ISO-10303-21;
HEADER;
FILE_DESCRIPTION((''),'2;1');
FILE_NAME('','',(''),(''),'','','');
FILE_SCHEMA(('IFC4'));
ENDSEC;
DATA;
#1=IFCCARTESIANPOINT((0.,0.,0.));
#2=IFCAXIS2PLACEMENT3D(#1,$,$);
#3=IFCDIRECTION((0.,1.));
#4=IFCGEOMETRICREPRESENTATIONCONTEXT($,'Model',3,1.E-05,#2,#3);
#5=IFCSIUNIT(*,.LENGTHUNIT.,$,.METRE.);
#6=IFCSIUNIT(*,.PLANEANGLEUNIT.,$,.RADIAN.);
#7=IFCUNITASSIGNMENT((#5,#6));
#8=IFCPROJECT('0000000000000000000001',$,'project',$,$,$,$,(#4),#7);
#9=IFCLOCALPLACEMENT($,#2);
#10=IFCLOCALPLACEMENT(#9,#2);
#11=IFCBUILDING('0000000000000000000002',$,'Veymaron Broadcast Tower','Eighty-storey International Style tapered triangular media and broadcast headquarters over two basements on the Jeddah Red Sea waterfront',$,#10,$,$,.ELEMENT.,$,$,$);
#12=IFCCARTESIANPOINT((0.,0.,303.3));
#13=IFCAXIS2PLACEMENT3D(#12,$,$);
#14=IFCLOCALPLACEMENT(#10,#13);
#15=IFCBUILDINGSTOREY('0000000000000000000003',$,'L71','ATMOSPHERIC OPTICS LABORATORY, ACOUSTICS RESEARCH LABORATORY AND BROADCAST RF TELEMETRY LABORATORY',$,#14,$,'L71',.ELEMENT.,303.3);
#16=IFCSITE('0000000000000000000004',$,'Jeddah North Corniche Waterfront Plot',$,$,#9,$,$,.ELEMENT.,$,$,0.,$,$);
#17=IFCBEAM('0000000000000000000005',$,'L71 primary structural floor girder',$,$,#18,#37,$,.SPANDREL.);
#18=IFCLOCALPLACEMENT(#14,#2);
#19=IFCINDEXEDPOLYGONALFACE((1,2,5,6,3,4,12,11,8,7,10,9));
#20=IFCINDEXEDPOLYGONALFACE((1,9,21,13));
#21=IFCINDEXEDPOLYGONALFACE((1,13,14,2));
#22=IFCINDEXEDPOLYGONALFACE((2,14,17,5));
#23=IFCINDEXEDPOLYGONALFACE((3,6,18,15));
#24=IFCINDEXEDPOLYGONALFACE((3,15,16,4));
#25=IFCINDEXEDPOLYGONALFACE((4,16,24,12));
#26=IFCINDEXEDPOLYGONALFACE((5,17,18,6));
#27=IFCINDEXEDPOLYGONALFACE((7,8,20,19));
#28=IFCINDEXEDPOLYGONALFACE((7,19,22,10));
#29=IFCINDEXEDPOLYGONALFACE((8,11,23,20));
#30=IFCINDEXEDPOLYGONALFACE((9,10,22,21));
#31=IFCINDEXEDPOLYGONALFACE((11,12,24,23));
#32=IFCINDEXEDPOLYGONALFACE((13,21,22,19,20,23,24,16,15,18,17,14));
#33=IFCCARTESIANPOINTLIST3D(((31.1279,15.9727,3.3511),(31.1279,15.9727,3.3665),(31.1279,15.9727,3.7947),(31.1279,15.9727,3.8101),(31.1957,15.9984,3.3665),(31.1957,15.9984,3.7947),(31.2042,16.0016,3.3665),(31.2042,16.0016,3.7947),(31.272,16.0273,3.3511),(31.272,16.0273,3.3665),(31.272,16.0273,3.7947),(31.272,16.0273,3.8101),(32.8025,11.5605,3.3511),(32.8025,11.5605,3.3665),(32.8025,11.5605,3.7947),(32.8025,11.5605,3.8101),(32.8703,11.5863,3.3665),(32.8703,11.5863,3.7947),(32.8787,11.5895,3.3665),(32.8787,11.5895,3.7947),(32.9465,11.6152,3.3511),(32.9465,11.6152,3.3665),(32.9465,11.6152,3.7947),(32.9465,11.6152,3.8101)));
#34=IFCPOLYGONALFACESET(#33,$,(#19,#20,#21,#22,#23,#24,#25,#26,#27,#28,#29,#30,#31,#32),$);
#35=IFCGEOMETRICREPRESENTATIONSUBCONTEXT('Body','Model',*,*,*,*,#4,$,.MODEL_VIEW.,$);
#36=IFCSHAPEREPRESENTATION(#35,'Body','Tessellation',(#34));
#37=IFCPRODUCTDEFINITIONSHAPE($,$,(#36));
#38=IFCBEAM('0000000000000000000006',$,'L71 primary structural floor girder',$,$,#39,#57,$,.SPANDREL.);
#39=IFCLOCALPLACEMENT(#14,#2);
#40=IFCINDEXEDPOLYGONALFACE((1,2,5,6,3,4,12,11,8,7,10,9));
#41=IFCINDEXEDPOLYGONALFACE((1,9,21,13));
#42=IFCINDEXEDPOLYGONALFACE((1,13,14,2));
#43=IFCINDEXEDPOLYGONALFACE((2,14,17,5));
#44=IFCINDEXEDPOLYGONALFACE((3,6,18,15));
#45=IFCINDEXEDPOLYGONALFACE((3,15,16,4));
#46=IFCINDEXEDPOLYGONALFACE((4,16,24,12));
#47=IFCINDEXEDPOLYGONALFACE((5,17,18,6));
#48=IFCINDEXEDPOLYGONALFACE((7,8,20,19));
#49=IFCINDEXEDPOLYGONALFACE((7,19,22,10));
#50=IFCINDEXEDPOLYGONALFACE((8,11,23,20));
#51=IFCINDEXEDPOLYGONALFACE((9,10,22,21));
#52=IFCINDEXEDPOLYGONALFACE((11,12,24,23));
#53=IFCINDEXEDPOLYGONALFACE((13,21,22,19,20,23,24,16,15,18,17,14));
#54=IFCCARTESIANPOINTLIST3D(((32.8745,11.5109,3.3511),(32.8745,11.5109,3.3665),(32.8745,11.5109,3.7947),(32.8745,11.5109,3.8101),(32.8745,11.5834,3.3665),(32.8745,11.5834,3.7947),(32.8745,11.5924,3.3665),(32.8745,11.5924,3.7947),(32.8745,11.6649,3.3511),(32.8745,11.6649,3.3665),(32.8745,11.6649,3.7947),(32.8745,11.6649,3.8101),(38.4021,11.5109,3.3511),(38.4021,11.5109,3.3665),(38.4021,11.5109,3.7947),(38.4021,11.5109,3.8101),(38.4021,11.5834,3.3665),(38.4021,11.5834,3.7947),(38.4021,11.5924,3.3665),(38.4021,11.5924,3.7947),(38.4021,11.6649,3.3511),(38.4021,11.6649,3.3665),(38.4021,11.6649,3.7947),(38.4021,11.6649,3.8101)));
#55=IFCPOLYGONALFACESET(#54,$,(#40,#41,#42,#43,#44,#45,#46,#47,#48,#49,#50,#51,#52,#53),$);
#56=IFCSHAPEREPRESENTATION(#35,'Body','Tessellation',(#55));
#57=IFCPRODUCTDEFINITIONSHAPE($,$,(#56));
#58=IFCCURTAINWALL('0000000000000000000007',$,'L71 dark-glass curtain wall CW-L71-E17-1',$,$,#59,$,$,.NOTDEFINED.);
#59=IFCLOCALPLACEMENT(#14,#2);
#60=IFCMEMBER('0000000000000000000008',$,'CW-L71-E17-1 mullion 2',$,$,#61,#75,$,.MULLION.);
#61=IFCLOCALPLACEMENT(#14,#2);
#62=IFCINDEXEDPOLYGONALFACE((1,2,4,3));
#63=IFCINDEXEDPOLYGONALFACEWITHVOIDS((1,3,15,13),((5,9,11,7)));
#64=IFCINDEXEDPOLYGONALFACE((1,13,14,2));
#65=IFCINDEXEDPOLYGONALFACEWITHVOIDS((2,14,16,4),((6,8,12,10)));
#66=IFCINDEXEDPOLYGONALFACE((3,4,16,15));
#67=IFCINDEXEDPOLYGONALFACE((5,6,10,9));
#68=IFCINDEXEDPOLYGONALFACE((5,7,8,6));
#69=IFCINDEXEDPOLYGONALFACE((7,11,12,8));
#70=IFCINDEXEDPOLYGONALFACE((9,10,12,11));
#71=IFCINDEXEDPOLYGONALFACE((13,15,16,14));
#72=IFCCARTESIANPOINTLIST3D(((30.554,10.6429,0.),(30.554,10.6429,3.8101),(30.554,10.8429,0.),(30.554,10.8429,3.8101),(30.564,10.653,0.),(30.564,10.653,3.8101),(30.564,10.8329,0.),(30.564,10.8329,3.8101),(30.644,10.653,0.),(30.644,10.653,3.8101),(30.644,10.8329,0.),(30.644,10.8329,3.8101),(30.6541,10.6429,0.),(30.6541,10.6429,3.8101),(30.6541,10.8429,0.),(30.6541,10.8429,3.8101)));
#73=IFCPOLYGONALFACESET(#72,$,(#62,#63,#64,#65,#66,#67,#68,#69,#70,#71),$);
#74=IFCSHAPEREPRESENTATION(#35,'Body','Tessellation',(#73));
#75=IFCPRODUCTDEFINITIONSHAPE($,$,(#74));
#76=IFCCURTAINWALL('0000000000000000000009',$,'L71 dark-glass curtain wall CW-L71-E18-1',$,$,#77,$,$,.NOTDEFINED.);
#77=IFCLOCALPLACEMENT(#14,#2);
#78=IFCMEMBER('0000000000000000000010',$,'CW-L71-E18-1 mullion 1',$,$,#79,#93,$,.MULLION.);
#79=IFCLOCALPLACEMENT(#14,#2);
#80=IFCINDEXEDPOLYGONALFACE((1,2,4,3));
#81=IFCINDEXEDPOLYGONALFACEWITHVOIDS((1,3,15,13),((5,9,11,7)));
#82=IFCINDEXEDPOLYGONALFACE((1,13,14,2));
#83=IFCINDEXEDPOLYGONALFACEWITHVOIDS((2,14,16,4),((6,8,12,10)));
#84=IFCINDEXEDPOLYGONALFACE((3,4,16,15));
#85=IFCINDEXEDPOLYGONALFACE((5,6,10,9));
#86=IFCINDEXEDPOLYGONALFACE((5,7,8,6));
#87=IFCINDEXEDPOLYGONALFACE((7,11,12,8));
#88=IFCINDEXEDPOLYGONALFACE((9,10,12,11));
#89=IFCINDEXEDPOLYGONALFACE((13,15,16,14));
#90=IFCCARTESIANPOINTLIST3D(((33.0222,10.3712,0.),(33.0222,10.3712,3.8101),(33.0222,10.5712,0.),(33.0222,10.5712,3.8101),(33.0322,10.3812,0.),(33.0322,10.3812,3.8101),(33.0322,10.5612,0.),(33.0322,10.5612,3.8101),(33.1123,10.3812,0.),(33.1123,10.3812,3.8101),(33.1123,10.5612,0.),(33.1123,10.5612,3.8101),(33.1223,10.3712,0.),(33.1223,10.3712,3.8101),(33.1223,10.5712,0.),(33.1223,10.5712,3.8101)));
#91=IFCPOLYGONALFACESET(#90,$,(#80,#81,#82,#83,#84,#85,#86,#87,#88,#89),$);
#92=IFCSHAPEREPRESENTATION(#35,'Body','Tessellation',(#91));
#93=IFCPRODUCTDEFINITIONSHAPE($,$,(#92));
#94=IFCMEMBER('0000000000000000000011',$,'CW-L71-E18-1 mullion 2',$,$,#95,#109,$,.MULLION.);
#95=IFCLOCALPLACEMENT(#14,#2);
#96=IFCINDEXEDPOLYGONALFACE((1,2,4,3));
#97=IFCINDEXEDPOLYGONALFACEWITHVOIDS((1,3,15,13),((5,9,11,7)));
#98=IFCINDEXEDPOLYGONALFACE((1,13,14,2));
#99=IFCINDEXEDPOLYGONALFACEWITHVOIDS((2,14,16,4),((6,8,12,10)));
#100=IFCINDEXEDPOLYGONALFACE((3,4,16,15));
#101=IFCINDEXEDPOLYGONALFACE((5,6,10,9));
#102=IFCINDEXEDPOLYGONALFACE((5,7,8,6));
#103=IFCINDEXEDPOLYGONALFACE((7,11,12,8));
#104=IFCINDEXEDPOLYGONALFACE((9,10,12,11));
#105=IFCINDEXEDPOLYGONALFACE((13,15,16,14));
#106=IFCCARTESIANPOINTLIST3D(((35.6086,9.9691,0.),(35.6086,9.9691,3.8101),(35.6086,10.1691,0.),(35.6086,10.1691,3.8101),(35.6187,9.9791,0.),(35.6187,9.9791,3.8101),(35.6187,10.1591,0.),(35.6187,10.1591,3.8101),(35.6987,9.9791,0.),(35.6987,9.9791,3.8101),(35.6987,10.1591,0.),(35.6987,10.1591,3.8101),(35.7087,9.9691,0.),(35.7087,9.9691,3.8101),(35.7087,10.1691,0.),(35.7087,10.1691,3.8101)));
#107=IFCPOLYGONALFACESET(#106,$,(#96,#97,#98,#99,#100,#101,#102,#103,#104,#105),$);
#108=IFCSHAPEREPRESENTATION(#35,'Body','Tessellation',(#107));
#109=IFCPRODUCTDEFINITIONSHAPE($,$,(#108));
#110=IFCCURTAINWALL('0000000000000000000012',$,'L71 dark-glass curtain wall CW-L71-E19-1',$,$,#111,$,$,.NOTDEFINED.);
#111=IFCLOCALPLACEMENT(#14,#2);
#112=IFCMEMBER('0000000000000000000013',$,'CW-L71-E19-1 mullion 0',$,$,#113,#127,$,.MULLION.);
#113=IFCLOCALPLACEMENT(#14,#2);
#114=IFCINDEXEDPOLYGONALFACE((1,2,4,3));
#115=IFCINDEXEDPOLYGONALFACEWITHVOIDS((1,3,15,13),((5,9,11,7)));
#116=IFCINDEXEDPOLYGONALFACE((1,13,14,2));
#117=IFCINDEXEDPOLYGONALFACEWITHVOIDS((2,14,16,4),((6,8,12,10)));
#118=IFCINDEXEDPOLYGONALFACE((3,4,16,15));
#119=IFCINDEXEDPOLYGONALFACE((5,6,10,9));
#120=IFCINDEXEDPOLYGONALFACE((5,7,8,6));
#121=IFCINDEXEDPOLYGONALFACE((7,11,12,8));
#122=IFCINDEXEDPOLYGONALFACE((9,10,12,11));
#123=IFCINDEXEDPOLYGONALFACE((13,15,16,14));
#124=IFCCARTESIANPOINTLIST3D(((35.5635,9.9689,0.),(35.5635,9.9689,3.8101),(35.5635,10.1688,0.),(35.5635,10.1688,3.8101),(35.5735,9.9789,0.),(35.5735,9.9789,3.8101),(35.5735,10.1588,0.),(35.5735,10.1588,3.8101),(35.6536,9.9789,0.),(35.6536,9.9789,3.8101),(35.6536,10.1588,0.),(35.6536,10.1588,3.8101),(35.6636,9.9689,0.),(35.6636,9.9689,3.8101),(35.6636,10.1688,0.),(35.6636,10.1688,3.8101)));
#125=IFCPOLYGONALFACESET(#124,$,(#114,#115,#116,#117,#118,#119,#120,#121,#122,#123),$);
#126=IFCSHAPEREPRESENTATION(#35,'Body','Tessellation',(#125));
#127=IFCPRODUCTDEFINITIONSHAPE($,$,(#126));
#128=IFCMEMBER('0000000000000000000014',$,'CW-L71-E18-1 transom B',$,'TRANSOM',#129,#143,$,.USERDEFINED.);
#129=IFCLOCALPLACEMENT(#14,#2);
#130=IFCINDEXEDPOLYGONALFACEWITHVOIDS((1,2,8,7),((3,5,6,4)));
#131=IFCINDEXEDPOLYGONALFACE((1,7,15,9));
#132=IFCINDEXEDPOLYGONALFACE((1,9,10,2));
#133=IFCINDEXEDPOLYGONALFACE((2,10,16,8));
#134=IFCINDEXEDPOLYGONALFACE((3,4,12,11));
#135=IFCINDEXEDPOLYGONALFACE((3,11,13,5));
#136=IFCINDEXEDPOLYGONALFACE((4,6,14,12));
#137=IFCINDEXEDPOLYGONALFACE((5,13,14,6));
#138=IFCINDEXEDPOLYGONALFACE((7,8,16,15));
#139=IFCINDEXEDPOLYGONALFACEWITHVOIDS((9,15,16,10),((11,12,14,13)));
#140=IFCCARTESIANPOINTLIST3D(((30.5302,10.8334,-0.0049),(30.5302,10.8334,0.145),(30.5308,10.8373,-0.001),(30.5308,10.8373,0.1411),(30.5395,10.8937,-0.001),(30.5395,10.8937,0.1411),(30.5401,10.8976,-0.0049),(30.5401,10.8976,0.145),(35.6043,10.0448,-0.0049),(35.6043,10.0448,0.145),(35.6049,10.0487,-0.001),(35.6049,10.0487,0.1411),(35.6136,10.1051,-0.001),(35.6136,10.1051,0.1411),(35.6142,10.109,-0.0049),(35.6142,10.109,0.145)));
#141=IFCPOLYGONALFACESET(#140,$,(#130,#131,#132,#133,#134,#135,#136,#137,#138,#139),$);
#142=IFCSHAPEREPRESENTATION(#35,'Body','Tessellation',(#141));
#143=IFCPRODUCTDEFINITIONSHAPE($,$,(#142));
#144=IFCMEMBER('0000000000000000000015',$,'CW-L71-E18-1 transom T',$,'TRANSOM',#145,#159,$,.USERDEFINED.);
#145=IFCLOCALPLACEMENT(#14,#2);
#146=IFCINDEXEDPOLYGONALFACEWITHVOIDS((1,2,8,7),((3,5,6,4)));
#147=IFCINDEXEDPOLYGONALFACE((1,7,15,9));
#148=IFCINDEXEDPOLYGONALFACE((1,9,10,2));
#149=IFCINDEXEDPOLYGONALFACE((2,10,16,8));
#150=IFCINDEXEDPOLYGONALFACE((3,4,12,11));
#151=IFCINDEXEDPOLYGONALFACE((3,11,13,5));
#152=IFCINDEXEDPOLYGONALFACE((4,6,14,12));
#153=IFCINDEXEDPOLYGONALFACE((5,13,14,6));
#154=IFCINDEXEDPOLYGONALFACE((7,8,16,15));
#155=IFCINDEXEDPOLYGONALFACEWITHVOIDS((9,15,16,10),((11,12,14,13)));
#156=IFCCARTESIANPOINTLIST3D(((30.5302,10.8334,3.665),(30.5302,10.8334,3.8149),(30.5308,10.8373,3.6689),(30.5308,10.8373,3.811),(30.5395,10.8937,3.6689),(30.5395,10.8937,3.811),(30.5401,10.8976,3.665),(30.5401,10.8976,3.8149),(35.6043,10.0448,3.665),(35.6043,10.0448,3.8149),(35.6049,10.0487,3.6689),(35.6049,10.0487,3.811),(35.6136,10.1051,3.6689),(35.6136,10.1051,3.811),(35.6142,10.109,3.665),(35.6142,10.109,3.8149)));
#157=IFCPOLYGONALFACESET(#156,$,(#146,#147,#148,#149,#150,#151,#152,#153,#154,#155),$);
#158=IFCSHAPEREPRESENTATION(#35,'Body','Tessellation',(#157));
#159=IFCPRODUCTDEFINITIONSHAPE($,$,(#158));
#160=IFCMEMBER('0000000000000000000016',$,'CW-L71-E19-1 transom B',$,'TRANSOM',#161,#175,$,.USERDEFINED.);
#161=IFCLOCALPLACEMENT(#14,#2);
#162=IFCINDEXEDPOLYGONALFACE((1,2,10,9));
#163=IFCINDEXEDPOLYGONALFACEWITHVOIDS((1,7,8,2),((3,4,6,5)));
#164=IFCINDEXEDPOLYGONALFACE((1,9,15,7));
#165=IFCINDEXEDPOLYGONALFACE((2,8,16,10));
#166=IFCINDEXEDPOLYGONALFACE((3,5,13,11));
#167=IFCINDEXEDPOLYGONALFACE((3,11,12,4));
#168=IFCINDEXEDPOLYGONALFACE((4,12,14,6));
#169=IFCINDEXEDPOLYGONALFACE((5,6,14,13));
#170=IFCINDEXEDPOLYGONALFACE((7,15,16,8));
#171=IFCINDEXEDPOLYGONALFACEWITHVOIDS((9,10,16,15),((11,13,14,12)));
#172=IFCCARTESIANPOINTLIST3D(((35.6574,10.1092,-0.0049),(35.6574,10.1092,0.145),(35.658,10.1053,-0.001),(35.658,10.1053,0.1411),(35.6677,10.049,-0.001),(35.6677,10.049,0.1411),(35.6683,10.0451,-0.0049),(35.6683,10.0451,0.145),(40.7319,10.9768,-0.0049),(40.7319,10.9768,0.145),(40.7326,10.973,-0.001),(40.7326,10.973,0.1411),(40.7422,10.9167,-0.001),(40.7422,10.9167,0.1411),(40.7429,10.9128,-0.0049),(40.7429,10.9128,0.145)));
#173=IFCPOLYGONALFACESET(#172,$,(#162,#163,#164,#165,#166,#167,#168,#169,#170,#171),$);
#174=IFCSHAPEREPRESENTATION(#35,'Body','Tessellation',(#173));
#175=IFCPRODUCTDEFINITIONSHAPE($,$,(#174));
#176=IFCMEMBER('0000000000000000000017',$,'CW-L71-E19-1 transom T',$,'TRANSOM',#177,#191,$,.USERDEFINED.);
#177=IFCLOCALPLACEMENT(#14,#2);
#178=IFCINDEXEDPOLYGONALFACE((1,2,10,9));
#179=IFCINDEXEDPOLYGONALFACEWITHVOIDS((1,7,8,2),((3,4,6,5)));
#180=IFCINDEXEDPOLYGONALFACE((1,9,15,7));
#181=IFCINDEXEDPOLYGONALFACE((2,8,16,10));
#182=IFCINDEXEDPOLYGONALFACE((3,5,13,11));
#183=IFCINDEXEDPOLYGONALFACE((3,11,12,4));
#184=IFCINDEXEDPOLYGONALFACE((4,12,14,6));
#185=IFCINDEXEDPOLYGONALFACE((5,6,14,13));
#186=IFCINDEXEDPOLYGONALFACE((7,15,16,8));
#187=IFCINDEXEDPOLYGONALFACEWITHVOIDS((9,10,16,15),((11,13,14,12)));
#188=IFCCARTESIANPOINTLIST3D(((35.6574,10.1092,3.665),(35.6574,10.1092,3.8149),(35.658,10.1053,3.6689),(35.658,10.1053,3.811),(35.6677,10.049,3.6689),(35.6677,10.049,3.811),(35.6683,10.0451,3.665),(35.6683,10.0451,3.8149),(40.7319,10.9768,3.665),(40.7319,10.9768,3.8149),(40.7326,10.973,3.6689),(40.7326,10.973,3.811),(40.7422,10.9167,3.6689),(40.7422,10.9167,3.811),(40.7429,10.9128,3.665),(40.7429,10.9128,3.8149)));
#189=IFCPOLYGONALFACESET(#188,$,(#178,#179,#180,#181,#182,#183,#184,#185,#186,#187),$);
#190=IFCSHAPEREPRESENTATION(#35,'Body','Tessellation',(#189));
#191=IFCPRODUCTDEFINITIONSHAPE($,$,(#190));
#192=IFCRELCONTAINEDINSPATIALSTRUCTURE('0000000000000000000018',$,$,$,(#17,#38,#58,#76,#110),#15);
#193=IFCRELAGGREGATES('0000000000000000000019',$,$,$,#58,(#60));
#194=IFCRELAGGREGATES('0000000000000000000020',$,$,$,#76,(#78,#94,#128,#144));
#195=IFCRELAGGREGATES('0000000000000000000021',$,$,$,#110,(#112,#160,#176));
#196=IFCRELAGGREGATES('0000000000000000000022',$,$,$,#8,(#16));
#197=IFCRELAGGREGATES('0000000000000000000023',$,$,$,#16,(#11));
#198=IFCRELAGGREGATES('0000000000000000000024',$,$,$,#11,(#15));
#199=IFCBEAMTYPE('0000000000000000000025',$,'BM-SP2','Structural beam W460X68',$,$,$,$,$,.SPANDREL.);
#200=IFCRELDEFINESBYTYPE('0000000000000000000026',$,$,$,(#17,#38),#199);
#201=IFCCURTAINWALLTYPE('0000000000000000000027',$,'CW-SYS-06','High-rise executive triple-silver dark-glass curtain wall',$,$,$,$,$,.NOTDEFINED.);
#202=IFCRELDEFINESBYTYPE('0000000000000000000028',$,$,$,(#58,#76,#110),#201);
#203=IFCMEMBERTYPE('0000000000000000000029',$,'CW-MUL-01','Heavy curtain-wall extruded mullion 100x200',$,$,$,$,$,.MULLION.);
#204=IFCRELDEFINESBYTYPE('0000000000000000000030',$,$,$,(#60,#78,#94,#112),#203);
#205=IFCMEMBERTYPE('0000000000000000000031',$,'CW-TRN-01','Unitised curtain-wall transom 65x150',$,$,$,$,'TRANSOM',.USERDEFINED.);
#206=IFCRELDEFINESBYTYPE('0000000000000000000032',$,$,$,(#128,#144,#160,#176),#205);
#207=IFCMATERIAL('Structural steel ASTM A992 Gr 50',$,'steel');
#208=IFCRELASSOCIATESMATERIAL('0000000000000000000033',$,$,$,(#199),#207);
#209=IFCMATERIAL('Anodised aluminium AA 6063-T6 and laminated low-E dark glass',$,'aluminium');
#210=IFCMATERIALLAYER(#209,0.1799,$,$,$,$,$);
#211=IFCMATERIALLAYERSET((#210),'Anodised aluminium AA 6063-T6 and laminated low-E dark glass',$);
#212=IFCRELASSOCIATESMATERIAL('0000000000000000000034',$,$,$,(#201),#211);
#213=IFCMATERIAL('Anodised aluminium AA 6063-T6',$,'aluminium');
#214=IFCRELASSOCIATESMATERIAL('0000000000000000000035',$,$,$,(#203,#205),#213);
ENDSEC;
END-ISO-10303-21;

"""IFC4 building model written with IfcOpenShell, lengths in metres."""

from ifc_helpers import new_model, si_unit, direction, frame, origin, origin_2d, place, context, subcontext, project, spatial, hollow_rectangle, i_section, extrude, material, layer, layer_set, material_profile, profile_set, type_object, element, aggregate, save


model = new_model("IFC4")

# Units and contexts
model_context = context("Model", 3, precision=1e-05, world=origin(), true_north=direction((0.0, 1.0)))
body_context = subcontext(model_context, "Body", "Model", "MODEL_VIEW")
ifc_project = project(units=[si_unit("LENGTHUNIT", "METRE"), si_unit("PLANEANGLEUNIT", "RADIAN")], contexts=[model_context])

# Site, building, storey
site_placement = place(None, origin())
site = spatial("IfcSite", under=ifc_project, at=site_placement, Name="Jeddah North Corniche Waterfront Plot", CompositionType="ELEMENT", RefElevation=0.0)
building_placement = place(site_placement, origin())
building = spatial("IfcBuilding", under=site, at=building_placement, Name="Veymaron Broadcast Tower", Description="Eighty-storey International Style tapered triangular media and broadcast headquarters over two basements on the Jeddah Red Sea waterfront", CompositionType="ELEMENT")
storey_placement = place(building_placement, frame((0.0, 0.0, 303.3)))
storey = spatial("IfcBuildingStorey", under=building, at=storey_placement, Name="L71", Description="ATMOSPHERIC OPTICS LABORATORY, ACOUSTICS RESEARCH LABORATORY AND BROADCAST RF TELEMETRY LABORATORY", LongName="L71", CompositionType="ELEMENT", Elevation=303.3)

# Shared definitions
ifc_material_1 = material(Name="Structural steel ASTM A992 Gr 50", Category="steel")

# Beams
ifc_material_profile_1 = material_profile(ifc_material_1, i_section(OverallWidth=0.1541, OverallDepth=0.459, WebThickness=0.009, FlangeThickness=0.0154, at=origin_2d()), Name="W460X68")
ifc_profile_set_1 = profile_set([ifc_material_profile_1], Name="Structural steel ASTM A992 Gr 50")
beam_type_1 = type_object("IfcBeamType", Name="BM-SP2", Description="Structural beam W460X68", PredefinedType="SPANDREL", material=ifc_profile_set_1)
beam_1_placement = place(storey_placement, frame((31.2, 16.0, 3.5806), z_axis=(0.35484, -0.934927, 0.0), x_axis=(0.934927, 0.35484, 0.0)))
element("IfcBeam", 1, at=beam_1_placement, inside=storey, type_object=beam_type_1, Name="L71 primary structural floor girder", PredefinedType="SPANDREL", context=body_context, shape_type="SweptSolid", body=[
    extrude(i_section(OverallWidth=0.1541, OverallDepth=0.459, WebThickness=0.009, FlangeThickness=0.0154, at=origin_2d()), origin(), (0.0, 0.0, 1.0), 4.7192),
])
beam_2_placement = place(storey_placement, frame((32.8745, 11.5879, 3.5806), z_axis=(1.0, 0.0, 0.0), x_axis=(0.0, 1.0, 0.0)))
element("IfcBeam", 2, at=beam_2_placement, inside=storey, type_object=beam_type_1, Name="L71 primary structural floor girder", PredefinedType="SPANDREL", context=body_context, shape_type="SweptSolid", body=[
    extrude(i_section(OverallWidth=0.1541, OverallDepth=0.459, WebThickness=0.009, FlangeThickness=0.0154, at=origin_2d()), origin(), (0.0, 0.0, 1.0), 5.5276),
])

# Curtain wall, member
ifc_material_2 = material(Name="Anodised aluminium AA 6063-T6 and laminated low-E dark glass", Category="aluminium")
ifc_layer_1 = layer(ifc_material_2, 0.1799)
ifc_layer_set_1 = layer_set([ifc_layer_1], Name="Anodised aluminium AA 6063-T6 and laminated low-E dark glass")
curtain_wall_type = type_object("IfcCurtainWallType", Name="CW-SYS-06", Description="High-rise executive triple-silver dark-glass curtain wall", PredefinedType="NOTDEFINED", material=ifc_layer_set_1)
curtain_wall_1_placement = place(storey_placement, origin())
curtain_wall_1 = element("IfcCurtainWall", 3, at=curtain_wall_1_placement, inside=storey, type_object=curtain_wall_type, Name="L71 dark-glass curtain wall CW-L71-E17-1", PredefinedType="NOTDEFINED")
ifc_material_3 = material(Name="Anodised aluminium AA 6063-T6", Category="aluminium")
ifc_material_profile_2 = material_profile(ifc_material_3, hollow_rectangle(XDim=0.1001, YDim=0.2, WallThickness=0.01, at=origin_2d()), Name="RHS200X100X10")
ifc_profile_set_2 = profile_set([ifc_material_profile_2], Name="Anodised aluminium AA 6063-T6")
member_type_1 = type_object("IfcMemberType", Name="CW-MUL-01", Description="Heavy curtain-wall extruded mullion 100x200", PredefinedType="MULLION", material=ifc_profile_set_2)
member_1_placement = place(storey_placement, frame((30.604, 10.7429, 0.0), z_axis=(0.0, 0.0, 1.0), x_axis=(1.0, 0.0, 0.0)))
member_1 = element("IfcMember", 4, at=member_1_placement, type_object=member_type_1, Name="CW-L71-E17-1 mullion 2", PredefinedType="MULLION", context=body_context, shape_type="SweptSolid", body=[
    extrude(hollow_rectangle(XDim=0.1001, YDim=0.2, WallThickness=0.01, at=origin_2d()), origin(), (0.0, 0.0, 1.0), 3.8101),
])

# Curtain wall, members
curtain_wall_2_placement = place(storey_placement, origin())
curtain_wall_2 = element("IfcCurtainWall", 5, at=curtain_wall_2_placement, inside=storey, type_object=curtain_wall_type, Name="L71 dark-glass curtain wall CW-L71-E18-1", PredefinedType="NOTDEFINED")
member_2_placement = place(storey_placement, frame((33.0723, 10.4712, 0.0), z_axis=(0.0, 0.0, 1.0), x_axis=(1.0, 0.0, 0.0)))
member_2 = element("IfcMember", 6, at=member_2_placement, type_object=member_type_1, Name="CW-L71-E18-1 mullion 1", PredefinedType="MULLION", context=body_context, shape_type="SweptSolid", body=[
    extrude(hollow_rectangle(XDim=0.1001, YDim=0.2, WallThickness=0.01, at=origin_2d()), origin(), (0.0, 0.0, 1.0), 3.8101),
])
member_3_placement = place(storey_placement, frame((35.6587, 10.0691, 0.0), z_axis=(0.0, 0.0, 1.0), x_axis=(1.0, 0.0, 0.0)))
member_3 = element("IfcMember", 7, at=member_3_placement, type_object=member_type_1, Name="CW-L71-E18-1 mullion 2", PredefinedType="MULLION", context=body_context, shape_type="SweptSolid", body=[
    extrude(hollow_rectangle(XDim=0.1001, YDim=0.2, WallThickness=0.01, at=origin_2d()), origin(), (0.0, 0.0, 1.0), 3.8101),
])

# Curtain wall, member
curtain_wall_3_placement = place(storey_placement, origin())
curtain_wall_3 = element("IfcCurtainWall", 8, at=curtain_wall_3_placement, inside=storey, type_object=curtain_wall_type, Name="L71 dark-glass curtain wall CW-L71-E19-1", PredefinedType="NOTDEFINED")
member_4_placement = place(storey_placement, frame((35.6135, 10.0688, 0.0), z_axis=(0.0, 0.0, 1.0), x_axis=(1.0, 0.0, 0.0)))
member_4 = element("IfcMember", 9, at=member_4_placement, type_object=member_type_1, Name="CW-L71-E19-1 mullion 0", PredefinedType="MULLION", context=body_context, shape_type="SweptSolid", body=[
    extrude(hollow_rectangle(XDim=0.1001, YDim=0.2, WallThickness=0.01, at=origin_2d()), origin(), (0.0, 0.0, 1.0), 3.8101),
])

# Members
ifc_material_profile_3 = material_profile(ifc_material_3, hollow_rectangle(XDim=0.0649, YDim=0.1499, WallThickness=0.0039, at=origin_2d()), Name="AL150X65X4")
ifc_profile_set_3 = profile_set([ifc_material_profile_3], Name="Anodised aluminium AA 6063-T6")
member_type_2 = type_object("IfcMemberType", Name="CW-TRN-01", Description="Unitised curtain-wall transom 65x150", ElementType="TRANSOM", PredefinedType="USERDEFINED", material=ifc_profile_set_3)
member_5_placement = place(storey_placement, frame((30.5352, 10.8655, 0.0701), z_axis=(0.988139, -0.153565, 0.0), x_axis=(0.153565, 0.988139, 0.0)))
member_5 = element("IfcMember", 10, at=member_5_placement, type_object=member_type_2, Name="CW-L71-E18-1 transom B", ObjectType="TRANSOM", PredefinedType="USERDEFINED", context=body_context, shape_type="SweptSolid", body=[
    extrude(hollow_rectangle(XDim=0.0649, YDim=0.1499, WallThickness=0.0039, at=origin_2d()), origin(), (0.0, 0.0, 1.0), 5.135),
])
member_6_placement = place(storey_placement, frame((30.5352, 10.8655, 3.74), z_axis=(0.988139, -0.153565, 0.0), x_axis=(0.153565, 0.988139, 0.0)))
member_6 = element("IfcMember", 11, at=member_6_placement, type_object=member_type_2, Name="CW-L71-E18-1 transom T", ObjectType="TRANSOM", PredefinedType="USERDEFINED", context=body_context, shape_type="SweptSolid", body=[
    extrude(hollow_rectangle(XDim=0.0649, YDim=0.1499, WallThickness=0.0039, at=origin_2d()), origin(), (0.0, 0.0, 1.0), 5.135),
])
member_7_placement = place(storey_placement, frame((35.6628, 10.0771, 0.0701), z_axis=(0.985694, 0.168543, 0.0), x_axis=(-0.168543, 0.985694, 0.0)))
member_7 = element("IfcMember", 12, at=member_7_placement, type_object=member_type_2, Name="CW-L71-E19-1 transom B", ObjectType="TRANSOM", PredefinedType="USERDEFINED", context=body_context, shape_type="SweptSolid", body=[
    extrude(hollow_rectangle(XDim=0.0649, YDim=0.1499, WallThickness=0.0039, at=origin_2d()), origin(), (0.0, 0.0, 1.0), 5.1482),
])
member_8_placement = place(storey_placement, frame((35.6628, 10.0771, 3.74), z_axis=(0.985694, 0.168543, 0.0), x_axis=(-0.168543, 0.985694, 0.0)))
member_8 = element("IfcMember", 13, at=member_8_placement, type_object=member_type_2, Name="CW-L71-E19-1 transom T", ObjectType="TRANSOM", PredefinedType="USERDEFINED", context=body_context, shape_type="SweptSolid", body=[
    extrude(hollow_rectangle(XDim=0.0649, YDim=0.1499, WallThickness=0.0039, at=origin_2d()), origin(), (0.0, 0.0, 1.0), 5.1482),
])

aggregate(curtain_wall_1, [member_1])
aggregate(curtain_wall_2, [member_2, member_3, member_5, member_6])
aggregate(curtain_wall_3, [member_4, member_7, member_8])

save(model, "model.ifc")
